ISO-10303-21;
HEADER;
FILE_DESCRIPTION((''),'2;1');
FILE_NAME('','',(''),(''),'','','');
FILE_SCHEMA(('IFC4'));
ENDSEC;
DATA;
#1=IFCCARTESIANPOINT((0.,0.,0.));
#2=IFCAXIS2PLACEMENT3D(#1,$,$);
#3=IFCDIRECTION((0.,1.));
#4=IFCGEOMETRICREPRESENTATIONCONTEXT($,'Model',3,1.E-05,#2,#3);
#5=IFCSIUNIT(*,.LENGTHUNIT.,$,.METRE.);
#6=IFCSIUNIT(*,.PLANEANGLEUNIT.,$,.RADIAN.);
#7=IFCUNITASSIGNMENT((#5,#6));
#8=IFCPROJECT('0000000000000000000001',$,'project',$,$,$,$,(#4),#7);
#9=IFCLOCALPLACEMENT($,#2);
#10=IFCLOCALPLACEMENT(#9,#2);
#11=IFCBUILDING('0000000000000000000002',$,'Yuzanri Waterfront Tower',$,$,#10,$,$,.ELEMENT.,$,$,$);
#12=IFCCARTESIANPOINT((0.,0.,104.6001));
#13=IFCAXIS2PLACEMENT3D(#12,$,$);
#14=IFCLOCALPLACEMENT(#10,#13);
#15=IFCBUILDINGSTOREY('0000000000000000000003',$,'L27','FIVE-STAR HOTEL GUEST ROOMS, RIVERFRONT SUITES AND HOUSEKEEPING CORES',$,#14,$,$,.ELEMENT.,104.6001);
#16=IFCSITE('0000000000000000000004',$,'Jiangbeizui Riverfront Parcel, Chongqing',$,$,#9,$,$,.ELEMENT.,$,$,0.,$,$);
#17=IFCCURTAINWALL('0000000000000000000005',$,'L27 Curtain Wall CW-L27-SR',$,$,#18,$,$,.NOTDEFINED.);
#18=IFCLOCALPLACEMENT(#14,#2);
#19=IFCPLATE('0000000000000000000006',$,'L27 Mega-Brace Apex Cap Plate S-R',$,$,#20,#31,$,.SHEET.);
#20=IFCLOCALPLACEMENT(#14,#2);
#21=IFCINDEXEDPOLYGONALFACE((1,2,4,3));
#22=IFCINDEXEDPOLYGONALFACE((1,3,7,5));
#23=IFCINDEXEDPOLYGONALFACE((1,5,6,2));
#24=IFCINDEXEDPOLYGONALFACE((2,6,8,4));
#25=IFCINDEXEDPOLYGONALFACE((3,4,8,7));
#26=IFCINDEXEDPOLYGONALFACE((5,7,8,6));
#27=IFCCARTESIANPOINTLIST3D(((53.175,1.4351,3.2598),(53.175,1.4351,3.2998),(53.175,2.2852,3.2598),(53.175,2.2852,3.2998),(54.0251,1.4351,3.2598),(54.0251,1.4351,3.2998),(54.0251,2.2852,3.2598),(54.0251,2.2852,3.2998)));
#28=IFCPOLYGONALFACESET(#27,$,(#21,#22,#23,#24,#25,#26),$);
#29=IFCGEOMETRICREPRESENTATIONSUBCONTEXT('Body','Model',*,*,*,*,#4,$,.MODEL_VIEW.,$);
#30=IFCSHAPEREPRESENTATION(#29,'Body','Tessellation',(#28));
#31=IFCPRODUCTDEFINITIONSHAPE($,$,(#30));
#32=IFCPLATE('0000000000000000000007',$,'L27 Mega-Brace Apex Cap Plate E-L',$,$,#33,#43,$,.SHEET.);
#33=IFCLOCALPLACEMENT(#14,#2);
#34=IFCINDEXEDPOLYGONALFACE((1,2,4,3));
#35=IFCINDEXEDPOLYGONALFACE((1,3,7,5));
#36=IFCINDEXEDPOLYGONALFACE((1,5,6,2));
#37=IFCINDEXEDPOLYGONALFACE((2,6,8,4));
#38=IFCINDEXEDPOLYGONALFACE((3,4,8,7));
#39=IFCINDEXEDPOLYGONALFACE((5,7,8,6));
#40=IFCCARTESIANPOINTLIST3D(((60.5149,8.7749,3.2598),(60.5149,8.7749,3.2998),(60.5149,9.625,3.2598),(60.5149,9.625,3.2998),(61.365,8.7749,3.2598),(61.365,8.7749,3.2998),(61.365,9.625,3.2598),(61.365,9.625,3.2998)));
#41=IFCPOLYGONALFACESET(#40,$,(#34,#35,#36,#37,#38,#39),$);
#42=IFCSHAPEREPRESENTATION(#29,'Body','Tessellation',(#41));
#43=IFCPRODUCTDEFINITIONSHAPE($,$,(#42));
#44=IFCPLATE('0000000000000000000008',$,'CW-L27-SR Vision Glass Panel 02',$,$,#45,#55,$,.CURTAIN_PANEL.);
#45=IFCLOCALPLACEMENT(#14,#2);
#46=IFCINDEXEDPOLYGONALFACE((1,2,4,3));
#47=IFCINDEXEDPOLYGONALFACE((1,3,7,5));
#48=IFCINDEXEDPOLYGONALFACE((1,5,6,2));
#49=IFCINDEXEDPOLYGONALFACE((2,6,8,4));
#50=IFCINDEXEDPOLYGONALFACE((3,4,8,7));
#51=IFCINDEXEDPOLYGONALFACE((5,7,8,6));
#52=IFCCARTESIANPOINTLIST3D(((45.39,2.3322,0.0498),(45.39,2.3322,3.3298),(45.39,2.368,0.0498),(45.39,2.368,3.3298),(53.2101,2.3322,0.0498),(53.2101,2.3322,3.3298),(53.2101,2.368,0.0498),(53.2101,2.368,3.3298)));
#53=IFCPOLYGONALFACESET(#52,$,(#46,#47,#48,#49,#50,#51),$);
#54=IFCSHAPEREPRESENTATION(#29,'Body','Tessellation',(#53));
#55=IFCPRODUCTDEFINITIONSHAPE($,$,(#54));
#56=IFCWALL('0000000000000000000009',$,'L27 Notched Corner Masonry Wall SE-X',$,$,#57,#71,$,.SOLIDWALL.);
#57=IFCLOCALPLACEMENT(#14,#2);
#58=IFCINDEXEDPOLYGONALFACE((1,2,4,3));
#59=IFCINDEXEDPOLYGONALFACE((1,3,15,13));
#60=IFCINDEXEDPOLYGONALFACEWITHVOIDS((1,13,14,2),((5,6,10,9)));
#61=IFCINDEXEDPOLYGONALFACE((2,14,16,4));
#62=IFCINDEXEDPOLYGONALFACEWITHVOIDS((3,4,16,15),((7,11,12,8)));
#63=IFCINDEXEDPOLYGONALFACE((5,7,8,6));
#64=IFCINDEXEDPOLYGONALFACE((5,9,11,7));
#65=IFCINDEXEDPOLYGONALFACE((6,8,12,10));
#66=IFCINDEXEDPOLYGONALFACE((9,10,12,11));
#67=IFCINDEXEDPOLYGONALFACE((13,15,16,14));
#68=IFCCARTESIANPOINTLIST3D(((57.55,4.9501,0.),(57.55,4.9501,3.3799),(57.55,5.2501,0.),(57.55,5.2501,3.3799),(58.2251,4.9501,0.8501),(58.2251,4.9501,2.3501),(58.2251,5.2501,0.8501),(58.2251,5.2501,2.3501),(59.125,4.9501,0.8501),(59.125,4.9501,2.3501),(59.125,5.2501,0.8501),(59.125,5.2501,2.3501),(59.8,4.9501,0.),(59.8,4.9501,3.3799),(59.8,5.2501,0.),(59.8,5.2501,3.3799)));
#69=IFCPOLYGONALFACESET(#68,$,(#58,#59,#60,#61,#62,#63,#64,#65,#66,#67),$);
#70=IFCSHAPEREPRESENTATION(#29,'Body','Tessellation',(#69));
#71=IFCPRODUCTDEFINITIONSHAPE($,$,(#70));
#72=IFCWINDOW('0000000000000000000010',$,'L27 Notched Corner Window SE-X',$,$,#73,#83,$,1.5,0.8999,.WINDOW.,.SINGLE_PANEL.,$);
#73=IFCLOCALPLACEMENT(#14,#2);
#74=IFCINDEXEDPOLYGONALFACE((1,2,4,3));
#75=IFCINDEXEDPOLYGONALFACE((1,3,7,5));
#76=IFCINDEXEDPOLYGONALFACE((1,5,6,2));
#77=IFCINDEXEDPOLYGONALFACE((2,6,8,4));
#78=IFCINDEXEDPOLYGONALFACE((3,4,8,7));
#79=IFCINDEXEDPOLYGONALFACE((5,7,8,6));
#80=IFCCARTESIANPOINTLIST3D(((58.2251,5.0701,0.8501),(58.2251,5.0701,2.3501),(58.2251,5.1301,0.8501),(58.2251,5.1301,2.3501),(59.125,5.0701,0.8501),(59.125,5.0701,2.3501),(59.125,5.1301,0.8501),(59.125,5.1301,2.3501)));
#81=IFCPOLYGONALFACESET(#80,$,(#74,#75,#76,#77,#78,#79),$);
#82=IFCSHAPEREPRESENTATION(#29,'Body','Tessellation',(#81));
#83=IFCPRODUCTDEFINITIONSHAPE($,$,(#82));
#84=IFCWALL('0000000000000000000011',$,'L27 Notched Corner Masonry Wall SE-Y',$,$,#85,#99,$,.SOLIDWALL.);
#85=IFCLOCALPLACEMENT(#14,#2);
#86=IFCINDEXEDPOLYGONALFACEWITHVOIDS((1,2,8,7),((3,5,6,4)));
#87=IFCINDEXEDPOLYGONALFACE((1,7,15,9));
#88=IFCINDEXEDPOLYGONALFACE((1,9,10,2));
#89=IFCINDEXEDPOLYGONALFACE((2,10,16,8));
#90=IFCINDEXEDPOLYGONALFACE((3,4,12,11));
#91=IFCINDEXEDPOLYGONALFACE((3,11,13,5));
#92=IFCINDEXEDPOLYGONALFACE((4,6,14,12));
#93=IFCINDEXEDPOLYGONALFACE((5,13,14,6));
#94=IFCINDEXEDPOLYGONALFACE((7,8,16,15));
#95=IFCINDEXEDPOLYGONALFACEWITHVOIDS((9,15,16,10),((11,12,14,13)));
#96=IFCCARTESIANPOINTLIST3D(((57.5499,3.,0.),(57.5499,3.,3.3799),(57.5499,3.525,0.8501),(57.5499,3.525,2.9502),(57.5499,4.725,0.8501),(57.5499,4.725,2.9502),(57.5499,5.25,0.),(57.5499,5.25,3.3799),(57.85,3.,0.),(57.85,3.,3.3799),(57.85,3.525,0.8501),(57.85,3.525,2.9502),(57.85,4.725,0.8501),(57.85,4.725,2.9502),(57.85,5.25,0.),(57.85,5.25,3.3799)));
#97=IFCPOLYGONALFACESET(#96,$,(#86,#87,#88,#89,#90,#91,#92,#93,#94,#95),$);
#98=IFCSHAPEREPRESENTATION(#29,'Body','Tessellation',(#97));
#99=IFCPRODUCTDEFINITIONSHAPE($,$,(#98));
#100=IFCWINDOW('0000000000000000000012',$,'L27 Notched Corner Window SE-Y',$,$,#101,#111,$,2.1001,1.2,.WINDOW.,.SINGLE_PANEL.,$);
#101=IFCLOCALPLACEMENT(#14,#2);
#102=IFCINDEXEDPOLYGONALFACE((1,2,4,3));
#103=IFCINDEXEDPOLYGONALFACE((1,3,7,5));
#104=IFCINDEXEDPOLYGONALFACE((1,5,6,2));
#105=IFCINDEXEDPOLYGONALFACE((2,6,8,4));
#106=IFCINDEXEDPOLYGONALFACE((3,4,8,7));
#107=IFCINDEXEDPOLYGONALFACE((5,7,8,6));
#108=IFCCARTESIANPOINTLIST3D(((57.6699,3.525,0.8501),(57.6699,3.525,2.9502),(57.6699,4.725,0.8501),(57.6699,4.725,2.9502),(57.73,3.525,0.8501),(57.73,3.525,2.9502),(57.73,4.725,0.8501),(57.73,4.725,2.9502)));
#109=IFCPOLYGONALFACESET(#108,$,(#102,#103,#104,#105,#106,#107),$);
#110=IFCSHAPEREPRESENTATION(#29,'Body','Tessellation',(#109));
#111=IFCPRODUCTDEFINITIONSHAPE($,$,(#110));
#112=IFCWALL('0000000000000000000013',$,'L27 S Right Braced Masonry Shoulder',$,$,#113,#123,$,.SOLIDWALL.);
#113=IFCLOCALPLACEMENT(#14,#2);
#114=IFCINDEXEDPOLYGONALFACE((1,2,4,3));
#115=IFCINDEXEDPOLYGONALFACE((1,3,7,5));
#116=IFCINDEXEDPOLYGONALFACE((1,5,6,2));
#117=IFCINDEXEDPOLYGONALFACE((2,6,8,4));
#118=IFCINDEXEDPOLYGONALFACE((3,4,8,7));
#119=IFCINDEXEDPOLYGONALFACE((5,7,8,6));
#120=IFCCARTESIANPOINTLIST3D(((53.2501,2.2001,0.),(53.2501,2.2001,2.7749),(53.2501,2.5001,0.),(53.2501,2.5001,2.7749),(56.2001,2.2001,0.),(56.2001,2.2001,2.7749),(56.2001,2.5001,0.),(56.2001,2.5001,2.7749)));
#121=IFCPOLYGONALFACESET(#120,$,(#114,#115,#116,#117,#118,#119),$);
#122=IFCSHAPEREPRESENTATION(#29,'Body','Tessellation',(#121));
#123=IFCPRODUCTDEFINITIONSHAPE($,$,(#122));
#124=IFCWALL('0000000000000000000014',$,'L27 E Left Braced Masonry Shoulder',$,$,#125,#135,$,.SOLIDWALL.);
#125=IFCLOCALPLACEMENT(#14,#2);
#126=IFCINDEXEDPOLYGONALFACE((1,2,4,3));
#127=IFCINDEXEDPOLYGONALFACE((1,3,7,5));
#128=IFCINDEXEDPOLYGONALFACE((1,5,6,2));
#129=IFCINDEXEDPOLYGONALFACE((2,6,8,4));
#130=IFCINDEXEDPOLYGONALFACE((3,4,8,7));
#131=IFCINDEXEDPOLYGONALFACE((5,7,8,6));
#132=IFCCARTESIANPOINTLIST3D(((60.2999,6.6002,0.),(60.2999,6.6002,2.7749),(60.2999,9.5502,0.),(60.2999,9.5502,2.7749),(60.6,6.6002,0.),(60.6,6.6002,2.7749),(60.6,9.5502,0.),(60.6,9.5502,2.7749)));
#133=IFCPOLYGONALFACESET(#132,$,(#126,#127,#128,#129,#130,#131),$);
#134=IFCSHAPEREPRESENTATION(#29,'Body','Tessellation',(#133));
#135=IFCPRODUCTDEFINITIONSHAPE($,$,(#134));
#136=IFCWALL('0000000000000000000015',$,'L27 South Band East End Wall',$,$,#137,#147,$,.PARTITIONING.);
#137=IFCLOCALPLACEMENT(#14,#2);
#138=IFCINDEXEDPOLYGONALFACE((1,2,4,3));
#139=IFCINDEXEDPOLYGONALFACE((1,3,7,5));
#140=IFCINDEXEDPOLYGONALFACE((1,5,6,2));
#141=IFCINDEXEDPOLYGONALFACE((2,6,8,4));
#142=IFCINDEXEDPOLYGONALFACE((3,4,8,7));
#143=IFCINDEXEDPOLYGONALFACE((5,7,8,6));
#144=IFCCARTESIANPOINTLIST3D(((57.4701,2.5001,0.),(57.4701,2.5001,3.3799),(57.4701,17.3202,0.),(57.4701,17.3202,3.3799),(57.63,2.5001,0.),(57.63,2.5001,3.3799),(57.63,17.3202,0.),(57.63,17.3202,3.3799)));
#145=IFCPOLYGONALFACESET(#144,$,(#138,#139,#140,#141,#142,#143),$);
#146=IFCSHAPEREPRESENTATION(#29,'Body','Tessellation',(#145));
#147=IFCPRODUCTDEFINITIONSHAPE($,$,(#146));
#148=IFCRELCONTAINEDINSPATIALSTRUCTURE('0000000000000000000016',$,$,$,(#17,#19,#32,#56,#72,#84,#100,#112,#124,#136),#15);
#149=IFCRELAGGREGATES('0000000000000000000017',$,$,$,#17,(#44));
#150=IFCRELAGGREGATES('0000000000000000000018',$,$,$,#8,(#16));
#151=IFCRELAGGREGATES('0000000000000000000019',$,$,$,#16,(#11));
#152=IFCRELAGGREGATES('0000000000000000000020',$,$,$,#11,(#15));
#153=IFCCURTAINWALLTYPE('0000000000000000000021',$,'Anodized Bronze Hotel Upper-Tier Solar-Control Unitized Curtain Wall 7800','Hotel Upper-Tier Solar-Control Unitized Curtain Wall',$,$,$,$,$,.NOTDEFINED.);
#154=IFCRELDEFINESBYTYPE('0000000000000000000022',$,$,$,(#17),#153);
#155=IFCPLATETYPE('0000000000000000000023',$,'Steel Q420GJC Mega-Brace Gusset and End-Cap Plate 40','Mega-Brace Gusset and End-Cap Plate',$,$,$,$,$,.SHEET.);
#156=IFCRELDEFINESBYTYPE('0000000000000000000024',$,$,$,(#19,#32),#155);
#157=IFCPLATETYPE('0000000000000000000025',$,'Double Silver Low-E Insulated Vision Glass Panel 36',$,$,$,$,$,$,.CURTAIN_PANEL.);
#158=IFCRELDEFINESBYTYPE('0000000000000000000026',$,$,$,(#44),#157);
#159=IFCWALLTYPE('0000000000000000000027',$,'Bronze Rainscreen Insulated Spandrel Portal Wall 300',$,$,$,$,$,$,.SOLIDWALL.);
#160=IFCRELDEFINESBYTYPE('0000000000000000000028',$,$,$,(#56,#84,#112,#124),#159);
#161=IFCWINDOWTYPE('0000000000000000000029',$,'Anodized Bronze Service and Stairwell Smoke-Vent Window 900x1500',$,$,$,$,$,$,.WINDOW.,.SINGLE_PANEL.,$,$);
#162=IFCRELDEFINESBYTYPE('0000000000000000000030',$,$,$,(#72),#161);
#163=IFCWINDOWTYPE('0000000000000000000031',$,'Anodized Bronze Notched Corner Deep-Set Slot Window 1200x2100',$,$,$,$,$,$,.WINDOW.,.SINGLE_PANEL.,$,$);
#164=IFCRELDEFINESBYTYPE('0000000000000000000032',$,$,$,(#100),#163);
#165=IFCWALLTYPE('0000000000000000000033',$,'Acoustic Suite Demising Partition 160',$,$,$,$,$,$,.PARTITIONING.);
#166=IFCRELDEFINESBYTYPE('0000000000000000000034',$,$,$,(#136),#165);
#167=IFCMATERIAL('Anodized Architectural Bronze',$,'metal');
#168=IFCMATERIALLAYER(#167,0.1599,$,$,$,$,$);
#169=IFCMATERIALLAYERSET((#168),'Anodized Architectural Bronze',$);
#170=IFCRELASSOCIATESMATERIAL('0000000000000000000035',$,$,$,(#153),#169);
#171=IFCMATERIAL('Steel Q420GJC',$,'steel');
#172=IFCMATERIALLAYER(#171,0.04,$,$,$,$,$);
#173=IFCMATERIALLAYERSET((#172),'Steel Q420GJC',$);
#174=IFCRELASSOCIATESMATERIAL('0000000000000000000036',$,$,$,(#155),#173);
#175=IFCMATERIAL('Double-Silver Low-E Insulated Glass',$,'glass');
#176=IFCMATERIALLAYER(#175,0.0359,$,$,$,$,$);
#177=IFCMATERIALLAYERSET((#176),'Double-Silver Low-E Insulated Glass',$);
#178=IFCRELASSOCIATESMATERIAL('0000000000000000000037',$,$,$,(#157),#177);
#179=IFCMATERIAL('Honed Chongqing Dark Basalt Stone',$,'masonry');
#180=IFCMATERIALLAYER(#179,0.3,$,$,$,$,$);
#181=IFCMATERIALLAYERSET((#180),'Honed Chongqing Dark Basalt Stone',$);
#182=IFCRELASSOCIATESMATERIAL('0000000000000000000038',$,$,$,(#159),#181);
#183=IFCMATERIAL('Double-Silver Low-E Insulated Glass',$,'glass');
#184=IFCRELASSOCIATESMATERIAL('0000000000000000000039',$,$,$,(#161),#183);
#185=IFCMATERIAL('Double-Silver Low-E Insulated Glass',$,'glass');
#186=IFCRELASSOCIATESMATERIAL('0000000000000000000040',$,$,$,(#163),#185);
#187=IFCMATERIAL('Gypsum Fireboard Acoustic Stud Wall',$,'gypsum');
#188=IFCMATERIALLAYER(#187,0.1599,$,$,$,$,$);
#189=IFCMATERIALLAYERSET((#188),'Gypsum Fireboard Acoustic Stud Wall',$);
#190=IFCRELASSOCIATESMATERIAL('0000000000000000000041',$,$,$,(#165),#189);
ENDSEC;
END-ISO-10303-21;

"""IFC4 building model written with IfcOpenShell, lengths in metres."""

from ifc_helpers import new_model, si_unit, direction, frame, frame_2d, origin, origin_2d, place, context, subcontext, project, spatial, rectangle, extrude, source, transform, mapped, material, layer, layer_set, type_object, element, fill, aggregate, save


model = new_model("IFC4")

# Units and contexts
model_context = context("Model", 3, precision=1e-05, world=origin(), true_north=direction((0.0, 1.0)))
body_context = subcontext(model_context, "Body", "Model", "MODEL_VIEW")
ifc_project = project(units=[si_unit("LENGTHUNIT", "METRE"), si_unit("PLANEANGLEUNIT", "RADIAN")], contexts=[model_context])

# Site, building, storey
site_placement = place(None, origin())
site = spatial("IfcSite", under=ifc_project, at=site_placement, Name="Jiangbeizui Riverfront Parcel, Chongqing", CompositionType="ELEMENT", RefElevation=0.0)
building_placement = place(site_placement, origin())
building = spatial("IfcBuilding", under=site, at=building_placement, Name="Yuzanri Waterfront Tower", CompositionType="ELEMENT")
storey_placement = place(building_placement, frame((0.0, 0.0, 104.6001)))
storey = spatial("IfcBuildingStorey", under=building, at=storey_placement, Name="L27", Description="FIVE-STAR HOTEL GUEST ROOMS, RIVERFRONT SUITES AND HOUSEKEEPING CORES", CompositionType="ELEMENT", Elevation=104.6001)

# Curtain wall
ifc_material_1 = material(Name="Anodized Architectural Bronze", Category="metal")
ifc_layer_1 = layer(ifc_material_1, 0.1599)
ifc_layer_set_1 = layer_set([ifc_layer_1], Name="Anodized Architectural Bronze")
curtain_wall_type = type_object("IfcCurtainWallType", Name="Anodized Bronze Hotel Upper-Tier Solar-Control Unitized Curtain Wall 7800", Description="Hotel Upper-Tier Solar-Control Unitized Curtain Wall", PredefinedType="NOTDEFINED", material=ifc_layer_set_1)
curtain_wall_1_placement = place(storey_placement, origin())
curtain_wall_1 = element("IfcCurtainWall", 1, at=curtain_wall_1_placement, inside=storey, type_object=curtain_wall_type, Name="L27 Curtain Wall CW-L27-SR", PredefinedType="NOTDEFINED")

# Plates
ifc_material_2 = material(Name="Steel Q420GJC", Category="steel")
ifc_layer_2 = layer(ifc_material_2, 0.04)
ifc_layer_set_2 = layer_set([ifc_layer_2], Name="Steel Q420GJC")
plate_type_1 = type_object("IfcPlateType", Name="Steel Q420GJC Mega-Brace Gusset and End-Cap Plate 40", Description="Mega-Brace Gusset and End-Cap Plate", PredefinedType="SHEET", material=ifc_layer_set_2)
shared_shape_1 = source(origin(), body_context, "Body", "SweptSolid", [
    extrude(rectangle(XDim=0.8501, YDim=0.8501, at=origin_2d()), origin(), (0.0, 0.0, 1.0), 0.04),
])
for number, where, z_axis, x_axis, name in (
    (2, (53.6001, 1.8601, 3.2598), (0.0, 0.0, 1.0), (1.0, 0.0, 0.0), "L27 Mega-Brace Apex Cap Plate S-R"),
    (3, (60.9399, 9.2, 3.2598), (0.0, 0.0, 1.0), (1.0, 0.0, 0.0), "L27 Mega-Brace Apex Cap Plate E-L"),
):
    element("IfcPlate", number, at=place(storey_placement, frame(where, z_axis=z_axis, x_axis=x_axis)), inside=storey, type_object=plate_type_1, Name=name, PredefinedType="SHEET", context=body_context, shape_type="MappedRepresentation", body=[
        mapped(shared_shape_1, transform((0.0, 0.0, 0.0), scale=1.0)),
    ])

# Plate
ifc_material_3 = material(Name="Double-Silver Low-E Insulated Glass", Category="glass")
ifc_layer_3 = layer(ifc_material_3, 0.0359)
ifc_layer_set_3 = layer_set([ifc_layer_3], Name="Double-Silver Low-E Insulated Glass")
plate_type_2 = type_object("IfcPlateType", Name="Double Silver Low-E Insulated Vision Glass Panel 36", PredefinedType="CURTAIN_PANEL", material=ifc_layer_set_3)
shared_shape_2 = source(origin(), body_context, "Body", "SweptSolid", [
    extrude(rectangle(XDim=7.8201, YDim=0.0359, at=origin_2d()), origin(), (0.0, 0.0, 1.0), 3.28),
])
plate_placement = place(storey_placement, frame((49.3, 2.3501, 0.0498), z_axis=(0.0, 0.0, 1.0), x_axis=(1.0, 0.0, 0.0)))
plate = element("IfcPlate", 4, at=plate_placement, type_object=plate_type_2, Name="CW-L27-SR Vision Glass Panel 02", PredefinedType="CURTAIN_PANEL", context=body_context, shape_type="MappedRepresentation", body=[
    mapped(shared_shape_2, transform((0.0, 0.0, 0.0), scale=1.0)),
])
aggregate(curtain_wall_1, [plate])

# Walls, openings, windows
ifc_material_4 = material(Name="Honed Chongqing Dark Basalt Stone", Category="masonry")
ifc_layer_4 = layer(ifc_material_4, 0.3)
ifc_layer_set_4 = layer_set([ifc_layer_4], Name="Honed Chongqing Dark Basalt Stone")
wall_type_1 = type_object("IfcWallType", Name="Bronze Rainscreen Insulated Spandrel Portal Wall 300", PredefinedType="SOLIDWALL", material=ifc_layer_set_4)
wall_1_placement = place(storey_placement, frame((57.55, 5.1001, 0.0), z_axis=(0.0, 0.0, 1.0), x_axis=(1.0, 0.0, 0.0)))
wall_1 = element("IfcWall", 5, at=wall_1_placement, inside=storey, type_object=wall_type_1, Name="L27 Notched Corner Masonry Wall SE-X", PredefinedType="SOLIDWALL", context=body_context, shape_type="SweptSolid", body=[
    extrude(rectangle(XDim=2.25, YDim=0.3, at=frame_2d((1.125, 0.0))), origin(), (0.0, 0.0, 1.0), 3.3799),
])
opening_1_placement = place(wall_1_placement, frame((0.675, 0.0, 0.8501)))
opening_1 = element("IfcOpeningElement", 6, at=opening_1_placement, cuts=wall_1, PredefinedType="OPENING", context=body_context, shape_type="SweptSolid", body=[
    extrude(rectangle(XDim=0.8999, YDim=1.5, at=frame_2d((0.45, 0.75))), frame((0.0, 0.165, 0.0), z_axis=(0.0, -1.0, 0.0), x_axis=(1.0, 0.0, 0.0)), (0.0, 0.0, 1.0), 0.3298),
])
ifc_material_5 = material(Name="Double-Silver Low-E Insulated Glass", Category="glass")
window_type_1 = type_object("IfcWindowType", Name="Anodized Bronze Service and Stairwell Smoke-Vent Window 900x1500", PartitioningType="SINGLE_PANEL", PredefinedType="WINDOW", material=ifc_material_5)
shared_shape_3 = source(origin(), body_context, "Body", "SweptSolid", [
    extrude(rectangle(XDim=0.8999, YDim=1.5, at=frame_2d((0.45, 0.75))), frame((0.0, 0.03, 0.0), z_axis=(0.0, -1.0, 0.0), x_axis=(1.0, 0.0, 0.0)), (0.0, 0.0, 1.0), 0.0601),
])
window_1_placement = place(opening_1_placement, origin())
window_1 = element("IfcWindow", 7, at=window_1_placement, inside=storey, type_object=window_type_1, Name="L27 Notched Corner Window SE-X", OverallHeight=1.5, OverallWidth=0.8999, PartitioningType="SINGLE_PANEL", PredefinedType="WINDOW", context=body_context, shape_type="MappedRepresentation", body=[
    mapped(shared_shape_3, transform((0.0, 0.0, 0.0), scale=1.0)),
])
fill(opening_1, window_1)
wall_2_placement = place(storey_placement, frame((57.7, 3.0, 0.0), z_axis=(0.0, 0.0, 1.0), x_axis=(0.0, 1.0, 0.0)))
wall_2 = element("IfcWall", 8, at=wall_2_placement, inside=storey, type_object=wall_type_1, Name="L27 Notched Corner Masonry Wall SE-Y", PredefinedType="SOLIDWALL", context=body_context, shape_type="SweptSolid", body=[
    extrude(rectangle(XDim=2.25, YDim=0.3, at=frame_2d((1.125, 0.0))), origin(), (0.0, 0.0, 1.0), 3.3799),
])
opening_2_placement = place(wall_2_placement, frame((0.5249, 0.0, 0.8501)))
opening_2 = element("IfcOpeningElement", 9, at=opening_2_placement, cuts=wall_2, PredefinedType="OPENING", context=body_context, shape_type="SweptSolid", body=[
    extrude(rectangle(XDim=1.2, YDim=2.1001, at=frame_2d((0.6001, 1.05))), frame((0.0, 0.165, 0.0), z_axis=(0.0, -1.0, 0.0), x_axis=(1.0, 0.0, 0.0)), (0.0, 0.0, 1.0), 0.3298),
])
ifc_material_6 = material(Name="Double-Silver Low-E Insulated Glass", Category="glass")
window_type_2 = type_object("IfcWindowType", Name="Anodized Bronze Notched Corner Deep-Set Slot Window 1200x2100", PartitioningType="SINGLE_PANEL", PredefinedType="WINDOW", material=ifc_material_6)
shared_shape_4 = source(origin(), body_context, "Body", "SweptSolid", [
    extrude(rectangle(XDim=1.2, YDim=2.1001, at=frame_2d((0.6001, 1.05))), frame((0.0, 0.03, 0.0), z_axis=(0.0, -1.0, 0.0), x_axis=(1.0, 0.0, 0.0)), (0.0, 0.0, 1.0), 0.0601),
])
window_2_placement = place(opening_2_placement, origin())
window_2 = element("IfcWindow", 10, at=window_2_placement, inside=storey, type_object=window_type_2, Name="L27 Notched Corner Window SE-Y", OverallHeight=2.1001, OverallWidth=1.2, PartitioningType="SINGLE_PANEL", PredefinedType="WINDOW", context=body_context, shape_type="MappedRepresentation", body=[
    mapped(shared_shape_4, transform((0.0, 0.0, 0.0), scale=1.0)),
])
fill(opening_2, window_2)

# Walls
shared_shape_5 = source(origin(), body_context, "Body", "SweptSolid", [
    extrude(rectangle(XDim=2.95, YDim=0.3, at=frame_2d((1.4751, 0.0))), origin(), (0.0, 0.0, 1.0), 2.7749),
])
for number, where, z_axis, x_axis, name in (
    (11, (53.25, 2.3501, 0.0), (0.0, 0.0, 1.0), (1.0, 0.0, 0.0), "L27 S Right Braced Masonry Shoulder"),
    (12, (60.45, 6.6001, 0.0), (0.0, 0.0, 1.0), (0.0, 1.0, 0.0), "L27 E Left Braced Masonry Shoulder"),
):
    element("IfcWall", number, at=place(storey_placement, frame(where, z_axis=z_axis, x_axis=x_axis)), inside=storey, type_object=wall_type_1, Name=name, PredefinedType="SOLIDWALL", context=body_context, shape_type="MappedRepresentation", body=[
        mapped(shared_shape_5, transform((0.0, 0.0, 0.0), scale=1.0)),
    ])
ifc_material_7 = material(Name="Gypsum Fireboard Acoustic Stud Wall", Category="gypsum")
ifc_layer_5 = layer(ifc_material_7, 0.1599)
ifc_layer_set_5 = layer_set([ifc_layer_5], Name="Gypsum Fireboard Acoustic Stud Wall")
wall_type_2 = type_object("IfcWallType", Name="Acoustic Suite Demising Partition 160", PredefinedType="PARTITIONING", material=ifc_layer_set_5)
shared_shape_6 = source(origin(), body_context, "Body", "SweptSolid", [
    extrude(rectangle(XDim=14.8201, YDim=0.1599, at=frame_2d((7.4102, 0.0))), origin(), (0.0, 0.0, 1.0), 3.3799),
])
wall_3_placement = place(storey_placement, frame((57.55, 2.5, 0.0), z_axis=(0.0, 0.0, 1.0), x_axis=(0.0, 1.0, 0.0)))
element("IfcWall", 13, at=wall_3_placement, inside=storey, type_object=wall_type_2, Name="L27 South Band East End Wall", PredefinedType="PARTITIONING", context=body_context, shape_type="MappedRepresentation", body=[
    mapped(shared_shape_6, transform((0.0, 0.0, 0.0), scale=1.0)),
])

save(model, "model.ifc")
